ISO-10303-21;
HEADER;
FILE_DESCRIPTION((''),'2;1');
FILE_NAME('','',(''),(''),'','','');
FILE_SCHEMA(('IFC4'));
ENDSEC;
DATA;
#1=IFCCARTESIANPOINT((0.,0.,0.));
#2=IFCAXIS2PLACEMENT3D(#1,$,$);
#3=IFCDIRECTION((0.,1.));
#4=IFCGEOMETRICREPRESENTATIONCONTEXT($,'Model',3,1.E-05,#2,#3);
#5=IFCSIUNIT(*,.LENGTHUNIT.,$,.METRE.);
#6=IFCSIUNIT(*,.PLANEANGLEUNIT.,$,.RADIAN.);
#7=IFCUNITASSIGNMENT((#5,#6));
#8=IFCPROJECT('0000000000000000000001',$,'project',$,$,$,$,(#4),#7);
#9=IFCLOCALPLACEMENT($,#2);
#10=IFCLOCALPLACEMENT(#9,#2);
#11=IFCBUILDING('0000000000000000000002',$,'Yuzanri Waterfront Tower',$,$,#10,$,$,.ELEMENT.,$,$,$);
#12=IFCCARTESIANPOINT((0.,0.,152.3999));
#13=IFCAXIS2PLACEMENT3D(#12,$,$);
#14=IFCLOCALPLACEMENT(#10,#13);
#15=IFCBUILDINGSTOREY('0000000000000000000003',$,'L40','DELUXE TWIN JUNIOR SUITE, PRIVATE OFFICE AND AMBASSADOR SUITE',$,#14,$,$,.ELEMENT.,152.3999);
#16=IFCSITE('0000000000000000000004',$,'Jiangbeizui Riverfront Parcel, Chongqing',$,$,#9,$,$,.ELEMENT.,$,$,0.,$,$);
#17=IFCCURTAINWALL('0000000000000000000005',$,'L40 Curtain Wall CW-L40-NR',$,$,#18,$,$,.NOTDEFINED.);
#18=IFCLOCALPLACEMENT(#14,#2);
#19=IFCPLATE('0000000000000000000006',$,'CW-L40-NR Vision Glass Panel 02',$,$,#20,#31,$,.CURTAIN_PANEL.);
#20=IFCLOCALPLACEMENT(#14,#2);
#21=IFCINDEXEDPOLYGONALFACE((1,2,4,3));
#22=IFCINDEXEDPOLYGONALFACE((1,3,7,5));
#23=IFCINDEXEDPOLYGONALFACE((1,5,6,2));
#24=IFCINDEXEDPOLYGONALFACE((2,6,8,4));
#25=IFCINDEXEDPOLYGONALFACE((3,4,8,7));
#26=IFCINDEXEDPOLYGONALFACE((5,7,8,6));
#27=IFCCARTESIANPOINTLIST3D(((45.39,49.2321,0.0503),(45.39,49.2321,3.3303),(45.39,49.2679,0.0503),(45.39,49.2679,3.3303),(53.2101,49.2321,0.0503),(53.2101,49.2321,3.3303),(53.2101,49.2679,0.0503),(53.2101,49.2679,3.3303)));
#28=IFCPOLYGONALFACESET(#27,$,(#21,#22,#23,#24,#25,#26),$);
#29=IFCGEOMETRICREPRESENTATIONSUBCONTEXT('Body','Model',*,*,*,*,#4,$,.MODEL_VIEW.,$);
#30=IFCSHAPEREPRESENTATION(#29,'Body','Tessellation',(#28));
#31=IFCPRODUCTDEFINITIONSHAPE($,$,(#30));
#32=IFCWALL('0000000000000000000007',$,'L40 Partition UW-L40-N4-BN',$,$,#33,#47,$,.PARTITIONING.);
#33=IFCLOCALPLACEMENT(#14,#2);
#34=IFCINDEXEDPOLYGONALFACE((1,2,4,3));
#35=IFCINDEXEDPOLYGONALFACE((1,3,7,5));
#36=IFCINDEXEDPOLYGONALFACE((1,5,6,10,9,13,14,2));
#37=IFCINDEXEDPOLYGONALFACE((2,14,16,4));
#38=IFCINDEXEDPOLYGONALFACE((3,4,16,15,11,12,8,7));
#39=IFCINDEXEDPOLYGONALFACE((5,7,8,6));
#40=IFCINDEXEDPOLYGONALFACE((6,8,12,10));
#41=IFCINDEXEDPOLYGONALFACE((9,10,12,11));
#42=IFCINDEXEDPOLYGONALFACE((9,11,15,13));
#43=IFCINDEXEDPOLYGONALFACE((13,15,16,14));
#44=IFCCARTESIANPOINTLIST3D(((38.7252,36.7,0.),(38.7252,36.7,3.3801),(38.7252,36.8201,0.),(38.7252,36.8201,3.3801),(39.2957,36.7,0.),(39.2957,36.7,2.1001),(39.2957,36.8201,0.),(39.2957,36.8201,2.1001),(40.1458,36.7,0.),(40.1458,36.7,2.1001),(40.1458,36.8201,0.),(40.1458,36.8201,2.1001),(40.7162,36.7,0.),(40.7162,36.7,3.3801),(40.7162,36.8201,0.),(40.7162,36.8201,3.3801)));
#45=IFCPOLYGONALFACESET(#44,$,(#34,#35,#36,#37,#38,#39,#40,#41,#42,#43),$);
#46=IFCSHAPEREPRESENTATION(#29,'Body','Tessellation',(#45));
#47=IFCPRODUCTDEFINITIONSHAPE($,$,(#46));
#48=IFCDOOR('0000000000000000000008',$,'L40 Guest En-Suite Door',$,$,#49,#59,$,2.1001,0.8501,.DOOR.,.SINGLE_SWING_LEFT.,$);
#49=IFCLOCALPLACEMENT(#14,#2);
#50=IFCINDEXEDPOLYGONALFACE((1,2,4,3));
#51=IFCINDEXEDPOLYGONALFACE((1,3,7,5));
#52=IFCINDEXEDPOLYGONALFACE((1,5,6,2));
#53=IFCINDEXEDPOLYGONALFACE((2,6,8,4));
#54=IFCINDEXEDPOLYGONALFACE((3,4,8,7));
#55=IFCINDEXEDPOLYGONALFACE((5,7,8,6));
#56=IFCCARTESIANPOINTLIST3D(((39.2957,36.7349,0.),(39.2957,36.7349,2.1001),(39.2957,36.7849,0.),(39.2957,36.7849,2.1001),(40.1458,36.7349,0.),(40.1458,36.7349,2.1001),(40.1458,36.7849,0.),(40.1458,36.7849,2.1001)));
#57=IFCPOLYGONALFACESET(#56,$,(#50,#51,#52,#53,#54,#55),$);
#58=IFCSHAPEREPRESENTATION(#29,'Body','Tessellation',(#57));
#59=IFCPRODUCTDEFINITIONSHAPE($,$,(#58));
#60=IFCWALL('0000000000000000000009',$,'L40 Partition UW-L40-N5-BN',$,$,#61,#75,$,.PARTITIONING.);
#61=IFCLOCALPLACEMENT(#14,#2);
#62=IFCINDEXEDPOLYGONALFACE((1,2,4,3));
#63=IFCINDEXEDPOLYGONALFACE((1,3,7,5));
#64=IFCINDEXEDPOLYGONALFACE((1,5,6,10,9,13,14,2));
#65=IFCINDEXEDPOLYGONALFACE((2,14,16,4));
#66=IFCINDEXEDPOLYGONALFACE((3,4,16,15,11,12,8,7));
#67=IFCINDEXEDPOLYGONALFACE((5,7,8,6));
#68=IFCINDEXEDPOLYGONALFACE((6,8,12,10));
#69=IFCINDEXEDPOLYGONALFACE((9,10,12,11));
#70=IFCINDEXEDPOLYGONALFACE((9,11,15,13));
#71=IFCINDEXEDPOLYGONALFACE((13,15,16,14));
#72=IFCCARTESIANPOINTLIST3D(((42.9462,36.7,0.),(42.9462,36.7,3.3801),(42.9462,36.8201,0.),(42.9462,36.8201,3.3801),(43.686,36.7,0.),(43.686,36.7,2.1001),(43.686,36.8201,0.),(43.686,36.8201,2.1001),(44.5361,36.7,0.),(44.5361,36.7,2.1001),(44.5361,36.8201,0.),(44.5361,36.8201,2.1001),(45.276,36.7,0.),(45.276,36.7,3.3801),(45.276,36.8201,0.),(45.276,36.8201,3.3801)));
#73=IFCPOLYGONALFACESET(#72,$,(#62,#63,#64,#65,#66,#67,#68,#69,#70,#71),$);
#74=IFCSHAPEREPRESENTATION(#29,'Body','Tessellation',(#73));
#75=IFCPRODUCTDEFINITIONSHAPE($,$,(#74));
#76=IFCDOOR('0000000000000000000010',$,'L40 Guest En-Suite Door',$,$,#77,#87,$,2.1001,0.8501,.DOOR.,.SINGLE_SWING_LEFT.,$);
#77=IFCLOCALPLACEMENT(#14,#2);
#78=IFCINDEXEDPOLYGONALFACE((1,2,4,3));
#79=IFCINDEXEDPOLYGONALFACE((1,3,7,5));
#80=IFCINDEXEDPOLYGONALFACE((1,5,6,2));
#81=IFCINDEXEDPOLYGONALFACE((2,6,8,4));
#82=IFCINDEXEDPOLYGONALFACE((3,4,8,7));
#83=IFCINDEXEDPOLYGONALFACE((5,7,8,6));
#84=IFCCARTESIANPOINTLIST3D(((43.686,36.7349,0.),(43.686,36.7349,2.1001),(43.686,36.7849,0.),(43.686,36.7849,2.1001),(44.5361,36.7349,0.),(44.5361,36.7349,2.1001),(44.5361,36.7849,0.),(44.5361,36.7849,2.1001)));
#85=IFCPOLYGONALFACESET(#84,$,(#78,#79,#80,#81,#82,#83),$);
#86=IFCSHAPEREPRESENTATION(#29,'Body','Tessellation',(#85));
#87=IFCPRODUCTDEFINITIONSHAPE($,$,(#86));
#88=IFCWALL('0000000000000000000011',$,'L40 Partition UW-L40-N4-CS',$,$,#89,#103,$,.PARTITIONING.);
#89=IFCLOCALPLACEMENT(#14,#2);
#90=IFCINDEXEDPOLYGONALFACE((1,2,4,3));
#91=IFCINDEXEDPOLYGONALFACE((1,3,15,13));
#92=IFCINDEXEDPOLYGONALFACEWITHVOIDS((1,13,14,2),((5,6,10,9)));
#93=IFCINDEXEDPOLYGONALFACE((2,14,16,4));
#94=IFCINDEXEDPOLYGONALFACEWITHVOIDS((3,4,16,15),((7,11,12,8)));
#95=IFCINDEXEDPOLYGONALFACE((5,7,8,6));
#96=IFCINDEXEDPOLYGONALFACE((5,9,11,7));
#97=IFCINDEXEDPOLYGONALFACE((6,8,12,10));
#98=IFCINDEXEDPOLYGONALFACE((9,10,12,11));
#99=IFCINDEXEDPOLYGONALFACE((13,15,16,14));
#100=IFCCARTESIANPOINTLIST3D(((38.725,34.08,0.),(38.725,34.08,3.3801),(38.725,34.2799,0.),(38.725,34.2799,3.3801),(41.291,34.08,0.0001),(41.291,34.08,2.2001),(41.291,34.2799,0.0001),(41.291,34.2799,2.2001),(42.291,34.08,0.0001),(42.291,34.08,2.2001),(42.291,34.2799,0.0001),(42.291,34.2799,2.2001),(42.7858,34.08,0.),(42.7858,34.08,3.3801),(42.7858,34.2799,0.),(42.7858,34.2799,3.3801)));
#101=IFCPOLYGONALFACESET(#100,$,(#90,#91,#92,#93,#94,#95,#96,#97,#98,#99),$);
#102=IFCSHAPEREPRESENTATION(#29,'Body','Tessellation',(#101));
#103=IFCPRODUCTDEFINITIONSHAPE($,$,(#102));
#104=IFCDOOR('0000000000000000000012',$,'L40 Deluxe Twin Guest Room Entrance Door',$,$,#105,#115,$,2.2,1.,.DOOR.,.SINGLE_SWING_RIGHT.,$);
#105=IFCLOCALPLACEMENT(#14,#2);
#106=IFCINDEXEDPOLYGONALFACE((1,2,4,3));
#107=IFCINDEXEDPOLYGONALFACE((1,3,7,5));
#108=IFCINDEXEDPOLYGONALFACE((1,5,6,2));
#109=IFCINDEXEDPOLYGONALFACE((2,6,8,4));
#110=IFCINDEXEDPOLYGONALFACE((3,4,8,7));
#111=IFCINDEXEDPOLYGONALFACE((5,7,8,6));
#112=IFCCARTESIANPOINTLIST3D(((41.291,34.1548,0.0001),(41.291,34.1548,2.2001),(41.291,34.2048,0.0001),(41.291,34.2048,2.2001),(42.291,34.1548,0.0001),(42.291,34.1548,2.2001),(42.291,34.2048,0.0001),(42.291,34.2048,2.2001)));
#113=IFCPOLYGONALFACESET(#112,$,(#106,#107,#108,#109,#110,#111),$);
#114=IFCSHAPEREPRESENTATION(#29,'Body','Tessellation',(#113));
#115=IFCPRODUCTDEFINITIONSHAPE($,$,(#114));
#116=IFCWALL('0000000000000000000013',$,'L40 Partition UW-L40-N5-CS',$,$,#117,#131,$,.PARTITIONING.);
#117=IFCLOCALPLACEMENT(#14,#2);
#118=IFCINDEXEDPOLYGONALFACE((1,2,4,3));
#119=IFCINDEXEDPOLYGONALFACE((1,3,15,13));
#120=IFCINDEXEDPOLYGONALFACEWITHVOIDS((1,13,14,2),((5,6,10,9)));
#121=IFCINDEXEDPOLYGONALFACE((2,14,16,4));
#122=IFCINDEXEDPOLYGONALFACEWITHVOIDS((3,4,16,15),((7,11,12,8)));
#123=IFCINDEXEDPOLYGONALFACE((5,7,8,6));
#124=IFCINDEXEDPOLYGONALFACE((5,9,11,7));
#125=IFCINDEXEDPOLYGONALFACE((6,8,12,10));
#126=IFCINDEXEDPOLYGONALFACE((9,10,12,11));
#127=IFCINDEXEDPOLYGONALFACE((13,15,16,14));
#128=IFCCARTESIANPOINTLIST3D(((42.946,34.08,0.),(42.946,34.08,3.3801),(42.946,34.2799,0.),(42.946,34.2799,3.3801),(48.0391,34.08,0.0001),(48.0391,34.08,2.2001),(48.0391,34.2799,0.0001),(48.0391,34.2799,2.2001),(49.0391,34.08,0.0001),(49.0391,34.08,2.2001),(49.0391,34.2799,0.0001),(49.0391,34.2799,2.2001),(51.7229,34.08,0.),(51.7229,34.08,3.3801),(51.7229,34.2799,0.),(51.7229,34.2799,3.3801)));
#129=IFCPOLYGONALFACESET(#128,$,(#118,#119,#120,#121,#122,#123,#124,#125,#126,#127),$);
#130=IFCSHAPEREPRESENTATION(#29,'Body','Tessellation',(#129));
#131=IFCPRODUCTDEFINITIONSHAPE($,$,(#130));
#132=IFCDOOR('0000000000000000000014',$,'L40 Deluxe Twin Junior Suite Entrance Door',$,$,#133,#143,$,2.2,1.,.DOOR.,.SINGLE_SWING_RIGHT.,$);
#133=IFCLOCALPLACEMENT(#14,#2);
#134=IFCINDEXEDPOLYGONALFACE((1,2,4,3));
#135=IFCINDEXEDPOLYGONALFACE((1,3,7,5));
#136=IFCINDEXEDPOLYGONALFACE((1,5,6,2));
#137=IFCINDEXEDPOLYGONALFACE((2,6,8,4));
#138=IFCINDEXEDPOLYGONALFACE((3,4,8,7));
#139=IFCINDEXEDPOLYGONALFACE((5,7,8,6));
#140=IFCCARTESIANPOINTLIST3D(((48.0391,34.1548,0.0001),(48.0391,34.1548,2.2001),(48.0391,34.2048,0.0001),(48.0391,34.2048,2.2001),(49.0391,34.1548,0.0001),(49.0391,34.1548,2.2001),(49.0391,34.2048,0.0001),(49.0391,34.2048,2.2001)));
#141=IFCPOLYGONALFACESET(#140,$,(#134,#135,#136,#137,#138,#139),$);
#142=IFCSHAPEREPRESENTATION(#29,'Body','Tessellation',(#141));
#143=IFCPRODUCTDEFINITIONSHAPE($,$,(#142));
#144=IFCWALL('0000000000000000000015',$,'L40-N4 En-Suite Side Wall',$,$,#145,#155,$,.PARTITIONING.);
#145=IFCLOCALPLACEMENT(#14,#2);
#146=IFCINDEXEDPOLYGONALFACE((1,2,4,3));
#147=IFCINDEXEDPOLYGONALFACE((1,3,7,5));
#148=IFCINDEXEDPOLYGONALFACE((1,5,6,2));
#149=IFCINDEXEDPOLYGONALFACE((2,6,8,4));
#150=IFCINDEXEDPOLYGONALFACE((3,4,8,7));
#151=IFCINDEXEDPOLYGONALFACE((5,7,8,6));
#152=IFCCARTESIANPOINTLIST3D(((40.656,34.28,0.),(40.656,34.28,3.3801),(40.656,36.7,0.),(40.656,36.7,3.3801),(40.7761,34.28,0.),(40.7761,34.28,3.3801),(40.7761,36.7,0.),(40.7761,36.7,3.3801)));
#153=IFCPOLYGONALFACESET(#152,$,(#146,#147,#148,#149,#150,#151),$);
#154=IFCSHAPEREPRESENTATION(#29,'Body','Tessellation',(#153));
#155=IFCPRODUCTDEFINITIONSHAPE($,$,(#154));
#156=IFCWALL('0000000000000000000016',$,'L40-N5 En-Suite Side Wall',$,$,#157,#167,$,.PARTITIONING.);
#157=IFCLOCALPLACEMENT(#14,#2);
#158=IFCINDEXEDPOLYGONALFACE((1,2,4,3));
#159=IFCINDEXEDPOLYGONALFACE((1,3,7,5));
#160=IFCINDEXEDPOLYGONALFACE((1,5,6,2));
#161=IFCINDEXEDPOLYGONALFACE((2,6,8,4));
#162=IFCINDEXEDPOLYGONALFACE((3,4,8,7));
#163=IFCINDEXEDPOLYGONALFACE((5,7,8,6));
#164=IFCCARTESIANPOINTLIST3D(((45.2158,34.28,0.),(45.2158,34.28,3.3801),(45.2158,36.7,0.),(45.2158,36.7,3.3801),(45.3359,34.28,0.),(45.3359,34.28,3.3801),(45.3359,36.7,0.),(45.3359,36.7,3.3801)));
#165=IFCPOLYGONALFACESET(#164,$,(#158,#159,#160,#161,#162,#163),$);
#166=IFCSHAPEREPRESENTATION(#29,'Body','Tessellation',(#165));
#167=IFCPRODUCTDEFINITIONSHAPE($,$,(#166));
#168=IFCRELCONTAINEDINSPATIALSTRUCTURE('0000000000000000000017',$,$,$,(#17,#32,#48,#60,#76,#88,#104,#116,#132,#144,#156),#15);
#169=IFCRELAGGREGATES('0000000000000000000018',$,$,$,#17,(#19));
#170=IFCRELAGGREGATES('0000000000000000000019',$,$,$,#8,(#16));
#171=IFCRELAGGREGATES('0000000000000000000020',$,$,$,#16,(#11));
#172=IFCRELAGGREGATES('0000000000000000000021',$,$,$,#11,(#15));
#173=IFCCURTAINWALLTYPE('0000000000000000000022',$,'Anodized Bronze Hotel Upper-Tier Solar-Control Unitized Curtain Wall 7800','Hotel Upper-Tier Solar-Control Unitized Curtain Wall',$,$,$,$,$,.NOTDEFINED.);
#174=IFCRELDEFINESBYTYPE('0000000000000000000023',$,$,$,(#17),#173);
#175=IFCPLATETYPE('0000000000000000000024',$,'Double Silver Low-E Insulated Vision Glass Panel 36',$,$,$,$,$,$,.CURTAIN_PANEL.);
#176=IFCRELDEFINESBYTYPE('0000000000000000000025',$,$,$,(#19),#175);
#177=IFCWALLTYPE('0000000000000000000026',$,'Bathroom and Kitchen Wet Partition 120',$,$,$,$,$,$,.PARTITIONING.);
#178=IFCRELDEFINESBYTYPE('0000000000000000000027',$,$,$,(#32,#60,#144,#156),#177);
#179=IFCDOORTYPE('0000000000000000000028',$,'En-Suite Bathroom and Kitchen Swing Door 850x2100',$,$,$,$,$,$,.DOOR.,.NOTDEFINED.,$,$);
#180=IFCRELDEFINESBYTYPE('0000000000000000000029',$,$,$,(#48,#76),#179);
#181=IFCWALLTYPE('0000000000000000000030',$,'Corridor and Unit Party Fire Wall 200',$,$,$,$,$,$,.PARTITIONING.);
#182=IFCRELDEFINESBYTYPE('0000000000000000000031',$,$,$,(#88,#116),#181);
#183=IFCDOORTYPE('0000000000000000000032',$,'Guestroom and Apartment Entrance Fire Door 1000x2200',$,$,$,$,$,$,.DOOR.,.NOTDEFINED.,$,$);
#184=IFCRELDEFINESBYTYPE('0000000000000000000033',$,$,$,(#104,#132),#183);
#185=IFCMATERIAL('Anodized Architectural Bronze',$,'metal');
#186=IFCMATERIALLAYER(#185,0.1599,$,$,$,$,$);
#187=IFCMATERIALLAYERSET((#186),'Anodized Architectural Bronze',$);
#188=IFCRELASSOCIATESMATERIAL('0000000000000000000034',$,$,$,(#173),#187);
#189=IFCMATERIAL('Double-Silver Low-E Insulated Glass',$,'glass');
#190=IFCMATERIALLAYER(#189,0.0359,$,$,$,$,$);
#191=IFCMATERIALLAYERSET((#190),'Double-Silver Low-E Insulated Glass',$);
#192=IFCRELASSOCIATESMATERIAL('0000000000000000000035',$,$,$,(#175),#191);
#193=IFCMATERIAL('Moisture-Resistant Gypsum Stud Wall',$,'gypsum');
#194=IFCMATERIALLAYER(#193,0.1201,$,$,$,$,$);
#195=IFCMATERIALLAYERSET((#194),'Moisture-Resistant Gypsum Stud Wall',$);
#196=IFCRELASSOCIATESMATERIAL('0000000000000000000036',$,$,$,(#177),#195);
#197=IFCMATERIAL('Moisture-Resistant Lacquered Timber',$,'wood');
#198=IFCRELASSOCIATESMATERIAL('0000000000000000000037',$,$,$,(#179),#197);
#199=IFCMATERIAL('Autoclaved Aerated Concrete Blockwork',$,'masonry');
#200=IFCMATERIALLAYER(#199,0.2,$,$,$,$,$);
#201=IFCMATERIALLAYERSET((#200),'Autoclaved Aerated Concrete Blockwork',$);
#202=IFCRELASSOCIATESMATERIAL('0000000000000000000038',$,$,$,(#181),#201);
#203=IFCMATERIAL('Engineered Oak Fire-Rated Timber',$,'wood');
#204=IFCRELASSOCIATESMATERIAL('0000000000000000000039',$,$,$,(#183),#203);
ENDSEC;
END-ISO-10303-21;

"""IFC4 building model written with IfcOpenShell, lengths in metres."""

from ifc_helpers import new_model, si_unit, direction, frame, frame_2d, origin, origin_2d, place, context, subcontext, project, spatial, rectangle, extrude, source, transform, mapped, material, layer, layer_set, type_object, element, fill, aggregate, save


model = new_model("IFC4")

# Units and contexts
model_context = context("Model", 3, precision=1e-05, world=origin(), true_north=direction((0.0, 1.0)))
body_context = subcontext(model_context, "Body", "Model", "MODEL_VIEW")
ifc_project = project(units=[si_unit("LENGTHUNIT", "METRE"), si_unit("PLANEANGLEUNIT", "RADIAN")], contexts=[model_context])

# Site, building, storey
site_placement = place(None, origin())
site = spatial("IfcSite", under=ifc_project, at=site_placement, Name="Jiangbeizui Riverfront Parcel, Chongqing", CompositionType="ELEMENT", RefElevation=0.0)
building_placement = place(site_placement, origin())
building = spatial("IfcBuilding", under=site, at=building_placement, Name="Yuzanri Waterfront Tower", CompositionType="ELEMENT")
storey_placement = place(building_placement, frame((0.0, 0.0, 152.3999)))
storey = spatial("IfcBuildingStorey", under=building, at=storey_placement, Name="L40", Description="DELUXE TWIN JUNIOR SUITE, PRIVATE OFFICE AND AMBASSADOR SUITE", CompositionType="ELEMENT", Elevation=152.3999)

# Curtain wall, plate
ifc_material_1 = material(Name="Anodized Architectural Bronze", Category="metal")
ifc_layer_1 = layer(ifc_material_1, 0.1599)
ifc_layer_set_1 = layer_set([ifc_layer_1], Name="Anodized Architectural Bronze")
curtain_wall_type = type_object("IfcCurtainWallType", Name="Anodized Bronze Hotel Upper-Tier Solar-Control Unitized Curtain Wall 7800", Description="Hotel Upper-Tier Solar-Control Unitized Curtain Wall", PredefinedType="NOTDEFINED", material=ifc_layer_set_1)
curtain_wall_placement = place(storey_placement, origin())
curtain_wall = element("IfcCurtainWall", 1, at=curtain_wall_placement, inside=storey, type_object=curtain_wall_type, Name="L40 Curtain Wall CW-L40-NR", PredefinedType="NOTDEFINED")
ifc_material_2 = material(Name="Double-Silver Low-E Insulated Glass", Category="glass")
ifc_layer_2 = layer(ifc_material_2, 0.0359)
ifc_layer_set_2 = layer_set([ifc_layer_2], Name="Double-Silver Low-E Insulated Glass")
plate_type = type_object("IfcPlateType", Name="Double Silver Low-E Insulated Vision Glass Panel 36", PredefinedType="CURTAIN_PANEL", material=ifc_layer_set_2)
shared_shape_1 = source(origin(), body_context, "Body", "SweptSolid", [
    extrude(rectangle(XDim=7.8201, YDim=0.0359, at=origin_2d()), origin(), (0.0, 0.0, 1.0), 3.28),
])
plate_1_placement = place(storey_placement, frame((49.3, 49.25, 0.0503), z_axis=(0.0, 0.0, 1.0), x_axis=(1.0, 0.0, 0.0)))
plate_1 = element("IfcPlate", 2, at=plate_1_placement, type_object=plate_type, Name="CW-L40-NR Vision Glass Panel 02", PredefinedType="CURTAIN_PANEL", context=body_context, shape_type="MappedRepresentation", body=[
    mapped(shared_shape_1, transform((0.0, 0.0, 0.0), scale=1.0)),
])
aggregate(curtain_wall, [plate_1])

# Walls, openings, doors
ifc_material_3 = material(Name="Moisture-Resistant Gypsum Stud Wall", Category="gypsum")
ifc_layer_3 = layer(ifc_material_3, 0.1201)
ifc_layer_set_3 = layer_set([ifc_layer_3], Name="Moisture-Resistant Gypsum Stud Wall")
wall_type_1 = type_object("IfcWallType", Name="Bathroom and Kitchen Wet Partition 120", PredefinedType="PARTITIONING", material=ifc_layer_set_3)
wall_1_placement = place(storey_placement, frame((38.7251, 36.76, 0.0), z_axis=(0.0, 0.0, 1.0), x_axis=(1.0, 0.0, 0.0)))
wall_1 = element("IfcWall", 3, at=wall_1_placement, inside=storey, type_object=wall_type_1, Name="L40 Partition UW-L40-N4-BN", PredefinedType="PARTITIONING", context=body_context, shape_type="SweptSolid", body=[
    extrude(rectangle(XDim=1.991, YDim=0.1201, at=frame_2d((0.9956, 0.0))), origin(), (0.0, 0.0, 1.0), 3.3801),
])
opening_1_placement = place(wall_1_placement, frame((0.5706, 0.0, 0.0)))
opening_1 = element("IfcOpeningElement", 4, at=opening_1_placement, cuts=wall_1, PredefinedType="OPENING", context=body_context, shape_type="SweptSolid", body=[
    extrude(rectangle(XDim=0.8501, YDim=2.1001, at=frame_2d((0.425, 1.05))), frame((0.0, 0.075, 0.0), z_axis=(0.0, -1.0, 0.0), x_axis=(1.0, 0.0, 0.0)), (0.0, 0.0, 1.0), 0.1499),
])
ifc_material_4 = material(Name="Moisture-Resistant Lacquered Timber", Category="wood")
door_type_1 = type_object("IfcDoorType", Name="En-Suite Bathroom and Kitchen Swing Door 850x2100", OperationType="NOTDEFINED", PredefinedType="DOOR", material=ifc_material_4)
shared_shape_2 = source(origin(), body_context, "Body", "SweptSolid", [
    extrude(rectangle(XDim=0.8501, YDim=2.1001, at=frame_2d((0.425, 1.05))), frame((0.0, 0.0249, 0.0), z_axis=(0.0, -1.0, 0.0), x_axis=(1.0, 0.0, 0.0)), (0.0, 0.0, 1.0), 0.05),
])
door_1_placement = place(opening_1_placement, origin())
door_1 = element("IfcDoor", 5, at=door_1_placement, inside=storey, type_object=door_type_1, Name="L40 Guest En-Suite Door", OperationType="SINGLE_SWING_LEFT", OverallHeight=2.1001, OverallWidth=0.8501, PredefinedType="DOOR", context=body_context, shape_type="MappedRepresentation", body=[
    mapped(shared_shape_2, transform((0.0, 0.0, 0.0), scale=1.0)),
])
fill(opening_1, door_1)
wall_2_placement = place(storey_placement, frame((42.946, 36.76, 0.0), z_axis=(0.0, 0.0, 1.0), x_axis=(1.0, 0.0, 0.0)))
wall_2 = element("IfcWall", 6, at=wall_2_placement, inside=storey, type_object=wall_type_1, Name="L40 Partition UW-L40-N5-BN", PredefinedType="PARTITIONING", context=body_context, shape_type="SweptSolid", body=[
    extrude(rectangle(XDim=2.3298, YDim=0.1201, at=frame_2d((1.165, 0.0))), origin(), (0.0, 0.0, 1.0), 3.3801),
])
opening_2_placement = place(wall_2_placement, frame((0.74, 0.0, 0.0)))
opening_2 = element("IfcOpeningElement", 7, at=opening_2_placement, cuts=wall_2, PredefinedType="OPENING", context=body_context, shape_type="SweptSolid", body=[
    extrude(rectangle(XDim=0.8501, YDim=2.1001, at=frame_2d((0.425, 1.05))), frame((0.0, 0.075, 0.0), z_axis=(0.0, -1.0, 0.0), x_axis=(1.0, 0.0, 0.0)), (0.0, 0.0, 1.0), 0.1499),
])
door_2_placement = place(opening_2_placement, origin())
door_2 = element("IfcDoor", 8, at=door_2_placement, inside=storey, type_object=door_type_1, Name="L40 Guest En-Suite Door", OperationType="SINGLE_SWING_LEFT", OverallHeight=2.1001, OverallWidth=0.8501, PredefinedType="DOOR", context=body_context, shape_type="MappedRepresentation", body=[
    mapped(shared_shape_2, transform((0.0, 0.0, 0.0), scale=1.0)),
])
fill(opening_2, door_2)
ifc_material_5 = material(Name="Autoclaved Aerated Concrete Blockwork", Category="masonry")
ifc_layer_4 = layer(ifc_material_5, 0.2)
ifc_layer_set_4 = layer_set([ifc_layer_4], Name="Autoclaved Aerated Concrete Blockwork")
wall_type_2 = type_object("IfcWallType", Name="Corridor and Unit Party Fire Wall 200", PredefinedType="PARTITIONING", material=ifc_layer_set_4)
wall_3_placement = place(storey_placement, frame((38.7251, 34.1799, 0.0), z_axis=(0.0, 0.0, 1.0), x_axis=(1.0, 0.0, 0.0)))
wall_3 = element("IfcWall", 9, at=wall_3_placement, inside=storey, type_object=wall_type_2, Name="L40 Partition UW-L40-N4-CS", PredefinedType="PARTITIONING", context=body_context, shape_type="SweptSolid", body=[
    extrude(rectangle(XDim=4.0608, YDim=0.2, at=frame_2d((2.0303, 0.0))), origin(), (0.0, 0.0, 1.0), 3.3801),
])
opening_3_placement = place(wall_3_placement, frame((2.5659, 0.0, 0.0)))
opening_3 = element("IfcOpeningElement", 10, at=opening_3_placement, cuts=wall_3, PredefinedType="OPENING", context=body_context, shape_type="SweptSolid", body=[
    extrude(rectangle(XDim=1.0, YDim=2.2, at=frame_2d((0.5, 1.1001))), frame((0.0, 0.1147, 0.0), z_axis=(0.0, -1.0, 0.0), x_axis=(1.0, 0.0, 0.0)), (0.0, 0.0, 1.0), 0.2297),
])
ifc_material_6 = material(Name="Engineered Oak Fire-Rated Timber", Category="wood")
door_type_2 = type_object("IfcDoorType", Name="Guestroom and Apartment Entrance Fire Door 1000x2200", OperationType="NOTDEFINED", PredefinedType="DOOR", material=ifc_material_6)
shared_shape_3 = source(origin(), body_context, "Body", "SweptSolid", [
    extrude(rectangle(XDim=1.0, YDim=2.2, at=frame_2d((0.5, 1.1001))), frame((0.0, 0.0249, 0.0), z_axis=(0.0, -1.0, 0.0), x_axis=(1.0, 0.0, 0.0)), (0.0, 0.0, 1.0), 0.05),
])
door_3_placement = place(opening_3_placement, origin())
door_3 = element("IfcDoor", 11, at=door_3_placement, inside=storey, type_object=door_type_2, Name="L40 Deluxe Twin Guest Room Entrance Door", OperationType="SINGLE_SWING_RIGHT", OverallHeight=2.2, OverallWidth=1.0, PredefinedType="DOOR", context=body_context, shape_type="MappedRepresentation", body=[
    mapped(shared_shape_3, transform((0.0, 0.0, 0.0), scale=1.0)),
])
fill(opening_3, door_3)
wall_4_placement = place(storey_placement, frame((42.946, 34.1799, 0.0), z_axis=(0.0, 0.0, 1.0), x_axis=(1.0, 0.0, 0.0)))
wall_4 = element("IfcWall", 12, at=wall_4_placement, inside=storey, type_object=wall_type_2, Name="L40 Partition UW-L40-N5-CS", PredefinedType="PARTITIONING", context=body_context, shape_type="SweptSolid", body=[
    extrude(rectangle(XDim=8.7769, YDim=0.2, at=frame_2d((4.3884, 0.0))), origin(), (0.0, 0.0, 1.0), 3.3801),
])
opening_4_placement = place(wall_4_placement, frame((5.093, 0.0, 0.0)))
opening_4 = element("IfcOpeningElement", 13, at=opening_4_placement, cuts=wall_4, PredefinedType="OPENING", context=body_context, shape_type="SweptSolid", body=[
    extrude(rectangle(XDim=1.0, YDim=2.2, at=frame_2d((0.5, 1.1001))), frame((0.0, 0.1147, 0.0), z_axis=(0.0, -1.0, 0.0), x_axis=(1.0, 0.0, 0.0)), (0.0, 0.0, 1.0), 0.2297),
])
door_4_placement = place(opening_4_placement, origin())
door_4 = element("IfcDoor", 14, at=door_4_placement, inside=storey, type_object=door_type_2, Name="L40 Deluxe Twin Junior Suite Entrance Door", OperationType="SINGLE_SWING_RIGHT", OverallHeight=2.2, OverallWidth=1.0, PredefinedType="DOOR", context=body_context, shape_type="MappedRepresentation", body=[
    mapped(shared_shape_3, transform((0.0, 0.0, 0.0), scale=1.0)),
])
fill(opening_4, door_4)

# Walls
shared_shape_4 = source(origin(), body_context, "Body", "SweptSolid", [
    extrude(rectangle(XDim=2.4199, YDim=0.1201, at=frame_2d((1.21, 0.0))), origin(), (0.0, 0.0, 1.0), 3.3801),
])
for number, where, z_axis, x_axis, name in (
    (15, (40.7161, 34.28, 0.0), (0.0, 0.0, 1.0), (0.0, 1.0, 0.0), "L40-N4 En-Suite Side Wall"),
    (16, (45.2759, 34.28, 0.0), (0.0, 0.0, 1.0), (0.0, 1.0, 0.0), "L40-N5 En-Suite Side Wall"),
):
    element("IfcWall", number, at=place(storey_placement, frame(where, z_axis=z_axis, x_axis=x_axis)), inside=storey, type_object=wall_type_1, Name=name, PredefinedType="PARTITIONING", context=body_context, shape_type="MappedRepresentation", body=[
        mapped(shared_shape_4, transform((0.0, 0.0, 0.0), scale=1.0)),
    ])

save(model, "model.ifc")
